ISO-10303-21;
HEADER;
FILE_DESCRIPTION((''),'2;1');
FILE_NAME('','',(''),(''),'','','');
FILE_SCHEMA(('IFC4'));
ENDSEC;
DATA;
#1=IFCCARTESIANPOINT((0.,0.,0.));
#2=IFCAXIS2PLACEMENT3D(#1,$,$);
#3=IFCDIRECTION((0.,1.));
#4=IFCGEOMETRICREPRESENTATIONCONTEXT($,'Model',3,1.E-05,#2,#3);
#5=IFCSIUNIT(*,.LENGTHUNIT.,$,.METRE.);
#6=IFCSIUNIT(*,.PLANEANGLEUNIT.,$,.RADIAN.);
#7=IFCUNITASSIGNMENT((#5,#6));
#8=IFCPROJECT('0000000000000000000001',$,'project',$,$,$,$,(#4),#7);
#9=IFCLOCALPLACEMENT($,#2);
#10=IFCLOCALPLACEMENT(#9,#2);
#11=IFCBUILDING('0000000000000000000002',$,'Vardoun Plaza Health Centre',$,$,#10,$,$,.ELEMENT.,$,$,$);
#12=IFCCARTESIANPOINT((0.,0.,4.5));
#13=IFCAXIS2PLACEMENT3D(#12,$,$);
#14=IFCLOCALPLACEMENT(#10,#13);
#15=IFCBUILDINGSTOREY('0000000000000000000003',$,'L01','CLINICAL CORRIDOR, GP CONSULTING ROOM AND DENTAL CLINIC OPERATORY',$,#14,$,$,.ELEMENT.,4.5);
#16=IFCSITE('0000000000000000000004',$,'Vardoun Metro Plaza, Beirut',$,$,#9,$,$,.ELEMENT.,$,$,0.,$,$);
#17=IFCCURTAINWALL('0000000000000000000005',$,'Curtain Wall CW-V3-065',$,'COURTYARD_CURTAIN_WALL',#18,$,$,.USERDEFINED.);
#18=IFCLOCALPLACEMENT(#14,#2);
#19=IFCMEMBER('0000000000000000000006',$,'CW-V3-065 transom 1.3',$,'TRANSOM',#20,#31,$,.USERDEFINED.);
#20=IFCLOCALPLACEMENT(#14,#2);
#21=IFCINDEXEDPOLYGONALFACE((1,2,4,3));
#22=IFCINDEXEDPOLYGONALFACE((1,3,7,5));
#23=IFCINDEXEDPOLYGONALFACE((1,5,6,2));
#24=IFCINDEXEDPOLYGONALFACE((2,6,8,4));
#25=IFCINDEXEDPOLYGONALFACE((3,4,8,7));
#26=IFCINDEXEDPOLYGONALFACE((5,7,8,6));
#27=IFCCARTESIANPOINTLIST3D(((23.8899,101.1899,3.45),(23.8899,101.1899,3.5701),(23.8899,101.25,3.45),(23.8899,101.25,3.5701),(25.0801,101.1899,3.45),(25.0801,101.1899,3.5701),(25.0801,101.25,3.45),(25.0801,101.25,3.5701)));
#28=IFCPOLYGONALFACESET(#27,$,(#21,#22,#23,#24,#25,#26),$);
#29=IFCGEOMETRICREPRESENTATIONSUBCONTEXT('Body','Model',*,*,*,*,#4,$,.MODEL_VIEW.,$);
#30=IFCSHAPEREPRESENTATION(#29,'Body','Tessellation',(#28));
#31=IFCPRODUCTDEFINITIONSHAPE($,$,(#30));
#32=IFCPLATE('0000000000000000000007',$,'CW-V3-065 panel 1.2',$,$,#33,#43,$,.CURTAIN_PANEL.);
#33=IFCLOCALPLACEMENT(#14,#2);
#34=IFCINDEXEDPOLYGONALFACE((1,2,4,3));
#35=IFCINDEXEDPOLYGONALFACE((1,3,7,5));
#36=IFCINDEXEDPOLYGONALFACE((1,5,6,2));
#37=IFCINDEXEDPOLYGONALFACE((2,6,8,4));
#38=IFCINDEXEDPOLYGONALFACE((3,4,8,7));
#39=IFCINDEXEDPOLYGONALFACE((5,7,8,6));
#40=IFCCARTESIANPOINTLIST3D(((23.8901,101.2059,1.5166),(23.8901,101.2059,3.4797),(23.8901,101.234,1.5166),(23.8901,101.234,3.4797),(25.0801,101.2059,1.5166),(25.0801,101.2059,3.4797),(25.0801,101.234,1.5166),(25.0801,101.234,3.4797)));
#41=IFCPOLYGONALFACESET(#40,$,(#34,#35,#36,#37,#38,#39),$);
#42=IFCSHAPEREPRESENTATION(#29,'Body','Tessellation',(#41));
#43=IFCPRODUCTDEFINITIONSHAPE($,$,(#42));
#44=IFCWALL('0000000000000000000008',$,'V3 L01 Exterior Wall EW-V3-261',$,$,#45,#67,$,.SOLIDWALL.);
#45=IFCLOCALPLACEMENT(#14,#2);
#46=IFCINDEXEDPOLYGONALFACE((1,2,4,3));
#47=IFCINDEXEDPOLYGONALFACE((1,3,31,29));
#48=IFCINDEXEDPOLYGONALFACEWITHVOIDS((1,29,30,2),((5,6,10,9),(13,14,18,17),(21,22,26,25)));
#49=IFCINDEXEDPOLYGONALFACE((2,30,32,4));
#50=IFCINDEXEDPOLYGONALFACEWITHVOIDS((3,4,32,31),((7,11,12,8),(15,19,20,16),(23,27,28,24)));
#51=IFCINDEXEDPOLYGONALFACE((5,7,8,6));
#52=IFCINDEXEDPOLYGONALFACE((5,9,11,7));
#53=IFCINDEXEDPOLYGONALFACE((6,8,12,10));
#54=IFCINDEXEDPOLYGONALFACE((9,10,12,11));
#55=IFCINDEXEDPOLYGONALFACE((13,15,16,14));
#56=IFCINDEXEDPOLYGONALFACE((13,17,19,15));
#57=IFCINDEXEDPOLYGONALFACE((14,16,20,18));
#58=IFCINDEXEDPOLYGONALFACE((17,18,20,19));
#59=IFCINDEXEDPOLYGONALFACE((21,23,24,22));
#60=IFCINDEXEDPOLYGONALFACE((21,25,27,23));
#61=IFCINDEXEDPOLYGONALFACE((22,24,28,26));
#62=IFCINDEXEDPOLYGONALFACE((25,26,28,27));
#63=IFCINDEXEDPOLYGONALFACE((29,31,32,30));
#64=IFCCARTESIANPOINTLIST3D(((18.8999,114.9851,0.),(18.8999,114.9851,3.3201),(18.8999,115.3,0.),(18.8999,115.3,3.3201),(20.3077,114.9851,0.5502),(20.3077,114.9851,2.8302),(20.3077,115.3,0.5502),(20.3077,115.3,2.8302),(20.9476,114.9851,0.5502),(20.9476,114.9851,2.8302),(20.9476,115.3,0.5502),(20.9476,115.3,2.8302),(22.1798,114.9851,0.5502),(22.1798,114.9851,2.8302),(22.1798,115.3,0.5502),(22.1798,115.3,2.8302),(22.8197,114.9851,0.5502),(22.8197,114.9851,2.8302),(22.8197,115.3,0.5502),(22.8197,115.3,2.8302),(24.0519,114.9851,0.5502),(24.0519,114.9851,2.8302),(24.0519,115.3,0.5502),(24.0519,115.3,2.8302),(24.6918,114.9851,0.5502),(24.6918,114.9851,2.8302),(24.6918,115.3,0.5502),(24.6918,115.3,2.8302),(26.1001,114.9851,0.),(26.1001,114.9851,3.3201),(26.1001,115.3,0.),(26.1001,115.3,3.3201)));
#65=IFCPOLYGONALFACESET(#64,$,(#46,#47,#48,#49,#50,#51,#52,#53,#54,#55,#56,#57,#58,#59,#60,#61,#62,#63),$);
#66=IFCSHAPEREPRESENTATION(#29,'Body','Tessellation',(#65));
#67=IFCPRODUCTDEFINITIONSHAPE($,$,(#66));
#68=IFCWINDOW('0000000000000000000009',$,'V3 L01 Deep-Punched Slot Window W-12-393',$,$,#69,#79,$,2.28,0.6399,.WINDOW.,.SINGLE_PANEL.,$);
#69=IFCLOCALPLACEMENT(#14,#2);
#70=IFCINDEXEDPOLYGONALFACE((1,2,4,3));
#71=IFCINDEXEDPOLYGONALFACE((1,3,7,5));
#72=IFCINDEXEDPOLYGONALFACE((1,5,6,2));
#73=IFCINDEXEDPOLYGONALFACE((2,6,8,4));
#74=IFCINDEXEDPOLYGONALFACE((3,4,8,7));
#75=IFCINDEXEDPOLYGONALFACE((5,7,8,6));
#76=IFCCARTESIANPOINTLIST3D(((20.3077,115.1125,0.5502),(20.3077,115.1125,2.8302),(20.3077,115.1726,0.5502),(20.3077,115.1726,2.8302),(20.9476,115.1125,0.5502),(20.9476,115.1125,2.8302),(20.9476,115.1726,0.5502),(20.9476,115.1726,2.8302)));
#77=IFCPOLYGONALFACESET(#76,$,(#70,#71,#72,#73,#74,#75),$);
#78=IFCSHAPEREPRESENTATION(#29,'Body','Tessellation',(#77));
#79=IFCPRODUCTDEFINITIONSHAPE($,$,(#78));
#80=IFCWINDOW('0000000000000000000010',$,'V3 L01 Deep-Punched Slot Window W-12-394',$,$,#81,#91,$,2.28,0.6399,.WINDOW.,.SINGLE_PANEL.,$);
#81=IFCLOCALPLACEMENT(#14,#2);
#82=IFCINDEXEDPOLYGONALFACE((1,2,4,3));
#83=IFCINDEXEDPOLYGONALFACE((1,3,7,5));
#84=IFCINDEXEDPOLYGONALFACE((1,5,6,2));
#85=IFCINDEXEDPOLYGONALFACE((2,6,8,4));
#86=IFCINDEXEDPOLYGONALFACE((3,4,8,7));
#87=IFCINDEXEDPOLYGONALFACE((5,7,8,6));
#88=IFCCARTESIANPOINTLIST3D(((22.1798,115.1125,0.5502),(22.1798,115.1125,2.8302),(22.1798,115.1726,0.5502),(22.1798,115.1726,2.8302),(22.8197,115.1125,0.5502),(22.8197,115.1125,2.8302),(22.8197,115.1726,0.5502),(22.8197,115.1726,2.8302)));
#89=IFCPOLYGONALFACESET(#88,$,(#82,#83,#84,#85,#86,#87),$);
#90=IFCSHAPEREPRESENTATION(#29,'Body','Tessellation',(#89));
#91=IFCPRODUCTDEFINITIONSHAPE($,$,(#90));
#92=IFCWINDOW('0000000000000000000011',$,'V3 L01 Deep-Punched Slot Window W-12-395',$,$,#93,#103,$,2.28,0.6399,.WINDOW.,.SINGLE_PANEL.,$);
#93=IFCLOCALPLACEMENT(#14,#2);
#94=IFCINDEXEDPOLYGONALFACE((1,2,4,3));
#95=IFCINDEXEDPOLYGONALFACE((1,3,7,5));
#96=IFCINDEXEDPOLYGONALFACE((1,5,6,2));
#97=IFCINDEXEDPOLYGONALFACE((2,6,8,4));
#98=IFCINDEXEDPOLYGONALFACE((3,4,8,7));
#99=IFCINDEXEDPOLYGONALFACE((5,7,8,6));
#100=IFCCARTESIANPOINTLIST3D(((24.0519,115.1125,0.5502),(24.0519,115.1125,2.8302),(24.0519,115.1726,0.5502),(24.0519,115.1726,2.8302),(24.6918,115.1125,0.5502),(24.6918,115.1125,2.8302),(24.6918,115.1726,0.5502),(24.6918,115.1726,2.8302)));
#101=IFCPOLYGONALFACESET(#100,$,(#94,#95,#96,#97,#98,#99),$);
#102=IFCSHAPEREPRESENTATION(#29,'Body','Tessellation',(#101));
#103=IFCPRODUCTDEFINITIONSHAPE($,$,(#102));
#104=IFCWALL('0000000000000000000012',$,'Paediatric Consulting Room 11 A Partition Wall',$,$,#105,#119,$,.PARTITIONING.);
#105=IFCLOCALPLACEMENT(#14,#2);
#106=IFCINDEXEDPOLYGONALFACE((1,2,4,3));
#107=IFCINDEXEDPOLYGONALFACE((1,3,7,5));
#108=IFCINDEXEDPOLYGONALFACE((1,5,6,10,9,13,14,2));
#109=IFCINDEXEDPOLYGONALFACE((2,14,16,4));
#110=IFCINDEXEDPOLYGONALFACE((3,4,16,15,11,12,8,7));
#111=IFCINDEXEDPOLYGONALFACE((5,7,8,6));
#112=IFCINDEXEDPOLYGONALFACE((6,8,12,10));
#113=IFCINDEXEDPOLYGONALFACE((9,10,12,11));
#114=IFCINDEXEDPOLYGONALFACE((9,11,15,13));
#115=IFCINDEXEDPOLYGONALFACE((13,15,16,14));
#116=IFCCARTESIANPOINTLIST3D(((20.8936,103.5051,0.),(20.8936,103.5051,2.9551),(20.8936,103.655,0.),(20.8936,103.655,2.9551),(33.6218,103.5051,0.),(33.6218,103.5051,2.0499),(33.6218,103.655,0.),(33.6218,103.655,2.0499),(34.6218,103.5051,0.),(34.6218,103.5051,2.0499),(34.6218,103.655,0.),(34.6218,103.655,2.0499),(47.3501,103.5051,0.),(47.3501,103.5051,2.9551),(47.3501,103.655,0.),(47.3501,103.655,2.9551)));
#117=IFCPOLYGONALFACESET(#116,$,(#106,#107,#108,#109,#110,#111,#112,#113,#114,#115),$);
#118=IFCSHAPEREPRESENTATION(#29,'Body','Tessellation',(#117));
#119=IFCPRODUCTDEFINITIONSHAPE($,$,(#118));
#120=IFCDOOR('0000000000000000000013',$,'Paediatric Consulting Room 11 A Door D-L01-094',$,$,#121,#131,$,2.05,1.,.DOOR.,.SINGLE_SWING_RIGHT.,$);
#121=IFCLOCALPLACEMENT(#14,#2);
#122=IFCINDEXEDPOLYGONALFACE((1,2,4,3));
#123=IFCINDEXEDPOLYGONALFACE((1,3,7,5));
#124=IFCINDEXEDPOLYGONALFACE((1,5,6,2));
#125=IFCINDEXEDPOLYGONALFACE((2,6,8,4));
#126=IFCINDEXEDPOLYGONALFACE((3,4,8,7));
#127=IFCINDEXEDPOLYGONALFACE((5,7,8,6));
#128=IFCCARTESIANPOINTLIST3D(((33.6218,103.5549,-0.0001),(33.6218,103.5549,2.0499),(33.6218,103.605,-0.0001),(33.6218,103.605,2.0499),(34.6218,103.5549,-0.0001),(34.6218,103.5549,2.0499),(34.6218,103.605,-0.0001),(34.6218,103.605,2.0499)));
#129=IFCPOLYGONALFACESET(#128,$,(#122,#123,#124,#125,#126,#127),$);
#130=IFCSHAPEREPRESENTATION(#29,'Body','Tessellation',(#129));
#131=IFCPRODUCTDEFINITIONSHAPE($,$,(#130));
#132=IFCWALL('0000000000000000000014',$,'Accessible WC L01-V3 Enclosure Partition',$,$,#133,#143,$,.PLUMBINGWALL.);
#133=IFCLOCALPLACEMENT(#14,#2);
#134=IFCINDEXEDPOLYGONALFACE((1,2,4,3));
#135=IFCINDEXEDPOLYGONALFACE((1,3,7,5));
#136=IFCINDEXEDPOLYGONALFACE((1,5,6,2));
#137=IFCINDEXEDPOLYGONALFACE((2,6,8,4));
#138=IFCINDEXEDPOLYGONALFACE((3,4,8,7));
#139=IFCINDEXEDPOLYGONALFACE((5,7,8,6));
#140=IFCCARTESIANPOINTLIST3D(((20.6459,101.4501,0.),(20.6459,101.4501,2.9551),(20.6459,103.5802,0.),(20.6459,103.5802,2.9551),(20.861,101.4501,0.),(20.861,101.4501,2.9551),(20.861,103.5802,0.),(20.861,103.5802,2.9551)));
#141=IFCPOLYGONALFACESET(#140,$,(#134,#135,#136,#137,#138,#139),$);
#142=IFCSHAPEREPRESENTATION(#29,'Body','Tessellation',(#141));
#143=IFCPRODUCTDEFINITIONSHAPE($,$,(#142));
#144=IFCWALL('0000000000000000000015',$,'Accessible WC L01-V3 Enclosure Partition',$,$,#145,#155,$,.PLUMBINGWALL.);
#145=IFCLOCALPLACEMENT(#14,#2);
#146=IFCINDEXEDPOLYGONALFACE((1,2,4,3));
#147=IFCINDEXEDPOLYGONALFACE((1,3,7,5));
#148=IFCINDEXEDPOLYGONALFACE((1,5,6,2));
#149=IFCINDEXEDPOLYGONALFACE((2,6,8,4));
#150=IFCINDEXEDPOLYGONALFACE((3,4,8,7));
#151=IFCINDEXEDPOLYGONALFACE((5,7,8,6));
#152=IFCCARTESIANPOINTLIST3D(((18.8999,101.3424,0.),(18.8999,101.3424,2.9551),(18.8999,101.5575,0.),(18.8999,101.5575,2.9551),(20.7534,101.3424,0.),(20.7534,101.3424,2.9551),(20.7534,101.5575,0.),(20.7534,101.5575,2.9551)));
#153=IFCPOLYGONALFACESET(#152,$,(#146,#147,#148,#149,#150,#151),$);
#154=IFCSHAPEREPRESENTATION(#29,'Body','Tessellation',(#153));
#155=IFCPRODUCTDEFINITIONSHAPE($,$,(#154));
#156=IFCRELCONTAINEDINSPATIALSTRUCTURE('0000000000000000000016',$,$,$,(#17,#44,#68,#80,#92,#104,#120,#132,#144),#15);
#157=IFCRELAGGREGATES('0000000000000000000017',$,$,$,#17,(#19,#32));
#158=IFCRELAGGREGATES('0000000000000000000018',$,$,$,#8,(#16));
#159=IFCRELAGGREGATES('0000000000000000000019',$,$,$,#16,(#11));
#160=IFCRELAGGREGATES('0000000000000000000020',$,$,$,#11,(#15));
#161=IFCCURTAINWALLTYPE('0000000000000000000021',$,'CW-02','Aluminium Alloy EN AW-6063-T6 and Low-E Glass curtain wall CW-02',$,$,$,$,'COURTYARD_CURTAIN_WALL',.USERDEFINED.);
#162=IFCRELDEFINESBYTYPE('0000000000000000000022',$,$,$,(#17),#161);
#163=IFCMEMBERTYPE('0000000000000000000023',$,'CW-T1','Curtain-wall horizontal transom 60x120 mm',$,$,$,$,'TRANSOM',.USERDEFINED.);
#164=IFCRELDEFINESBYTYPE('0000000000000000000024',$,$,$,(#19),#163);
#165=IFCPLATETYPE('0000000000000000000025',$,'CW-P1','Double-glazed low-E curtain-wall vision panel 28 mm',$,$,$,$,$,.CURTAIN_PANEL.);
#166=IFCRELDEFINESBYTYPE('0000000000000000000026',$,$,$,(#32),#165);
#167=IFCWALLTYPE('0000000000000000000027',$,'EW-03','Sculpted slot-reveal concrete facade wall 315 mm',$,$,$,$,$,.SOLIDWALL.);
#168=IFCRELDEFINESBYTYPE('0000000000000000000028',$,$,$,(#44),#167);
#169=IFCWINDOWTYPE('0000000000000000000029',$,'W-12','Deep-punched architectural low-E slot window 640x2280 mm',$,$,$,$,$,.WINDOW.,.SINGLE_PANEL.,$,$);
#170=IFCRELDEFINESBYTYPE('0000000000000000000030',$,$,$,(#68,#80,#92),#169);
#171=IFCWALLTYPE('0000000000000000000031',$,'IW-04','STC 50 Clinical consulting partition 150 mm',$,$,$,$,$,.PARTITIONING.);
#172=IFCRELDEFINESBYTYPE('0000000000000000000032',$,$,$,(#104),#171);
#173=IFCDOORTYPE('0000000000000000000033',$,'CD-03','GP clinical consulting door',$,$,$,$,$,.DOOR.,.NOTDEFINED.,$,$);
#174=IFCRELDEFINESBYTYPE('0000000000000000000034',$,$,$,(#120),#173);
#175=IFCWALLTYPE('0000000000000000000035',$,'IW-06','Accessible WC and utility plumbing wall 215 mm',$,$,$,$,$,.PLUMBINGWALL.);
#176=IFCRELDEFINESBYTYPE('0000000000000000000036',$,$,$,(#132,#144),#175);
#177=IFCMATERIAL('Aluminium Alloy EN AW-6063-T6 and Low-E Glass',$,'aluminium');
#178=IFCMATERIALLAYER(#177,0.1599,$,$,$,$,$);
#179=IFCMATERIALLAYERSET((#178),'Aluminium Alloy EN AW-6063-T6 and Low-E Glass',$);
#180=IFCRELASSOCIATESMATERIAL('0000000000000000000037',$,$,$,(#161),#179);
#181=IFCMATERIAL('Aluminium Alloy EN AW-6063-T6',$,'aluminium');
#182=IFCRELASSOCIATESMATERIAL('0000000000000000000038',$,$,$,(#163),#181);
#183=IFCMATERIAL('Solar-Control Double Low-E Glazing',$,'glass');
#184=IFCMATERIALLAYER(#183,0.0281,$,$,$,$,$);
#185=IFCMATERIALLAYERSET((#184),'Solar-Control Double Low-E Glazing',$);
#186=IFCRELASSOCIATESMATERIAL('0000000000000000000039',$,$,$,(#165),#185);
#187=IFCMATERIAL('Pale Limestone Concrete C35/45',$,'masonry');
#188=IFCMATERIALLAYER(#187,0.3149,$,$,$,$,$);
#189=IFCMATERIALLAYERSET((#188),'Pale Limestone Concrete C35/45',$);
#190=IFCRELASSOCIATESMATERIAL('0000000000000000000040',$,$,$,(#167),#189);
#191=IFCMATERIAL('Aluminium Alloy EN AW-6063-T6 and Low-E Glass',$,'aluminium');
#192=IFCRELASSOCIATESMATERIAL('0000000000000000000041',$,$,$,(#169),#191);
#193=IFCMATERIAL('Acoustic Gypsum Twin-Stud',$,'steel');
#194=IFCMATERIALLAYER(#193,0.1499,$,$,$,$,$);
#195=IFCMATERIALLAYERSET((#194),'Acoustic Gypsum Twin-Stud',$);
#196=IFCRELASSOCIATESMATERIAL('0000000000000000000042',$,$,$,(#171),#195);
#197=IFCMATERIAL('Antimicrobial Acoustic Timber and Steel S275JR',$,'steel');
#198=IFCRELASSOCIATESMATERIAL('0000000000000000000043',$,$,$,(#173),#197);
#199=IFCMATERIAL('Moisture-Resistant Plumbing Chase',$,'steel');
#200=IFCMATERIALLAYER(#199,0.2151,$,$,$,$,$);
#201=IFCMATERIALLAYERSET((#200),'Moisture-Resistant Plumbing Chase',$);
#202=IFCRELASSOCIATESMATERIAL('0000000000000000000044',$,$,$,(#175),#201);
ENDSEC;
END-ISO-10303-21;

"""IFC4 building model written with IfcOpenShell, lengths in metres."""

from ifc_helpers import new_model, si_unit, direction, frame, frame_2d, origin, origin_2d, place, context, subcontext, project, spatial, rectangle, extrude, material, layer, layer_set, material_profile, profile_set, type_object, element, fill, aggregate, save


model = new_model("IFC4")

# Units and contexts
model_context = context("Model", 3, precision=1e-05, world=origin(), true_north=direction((0.0, 1.0)))
body_context = subcontext(model_context, "Body", "Model", "MODEL_VIEW")
ifc_project = project(units=[si_unit("LENGTHUNIT", "METRE"), si_unit("PLANEANGLEUNIT", "RADIAN")], contexts=[model_context])

# Site, building, storey
site_placement = place(None, origin())
site = spatial("IfcSite", under=ifc_project, at=site_placement, Name="Vardoun Metro Plaza, Beirut", CompositionType="ELEMENT", RefElevation=0.0)
building_placement = place(site_placement, origin())
building = spatial("IfcBuilding", under=site, at=building_placement, Name="Vardoun Plaza Health Centre", CompositionType="ELEMENT")
storey_placement = place(building_placement, frame((0.0, 0.0, 4.5)))
storey = spatial("IfcBuildingStorey", under=building, at=storey_placement, Name="L01", Description="CLINICAL CORRIDOR, GP CONSULTING ROOM AND DENTAL CLINIC OPERATORY", CompositionType="ELEMENT", Elevation=4.5)

# Curtain wall, member, plate
ifc_material_1 = material(Name="Aluminium Alloy EN AW-6063-T6 and Low-E Glass", Category="aluminium")
ifc_layer_1 = layer(ifc_material_1, 0.1599)
ifc_layer_set_1 = layer_set([ifc_layer_1], Name="Aluminium Alloy EN AW-6063-T6 and Low-E Glass")
curtain_wall_type = type_object("IfcCurtainWallType", Name="CW-02", Description="Aluminium Alloy EN AW-6063-T6 and Low-E Glass curtain wall CW-02", ElementType="COURTYARD_CURTAIN_WALL", PredefinedType="USERDEFINED", material=ifc_layer_set_1)
curtain_wall_placement = place(storey_placement, origin())
curtain_wall = element("IfcCurtainWall", 1, at=curtain_wall_placement, inside=storey, type_object=curtain_wall_type, Name="Curtain Wall CW-V3-065", ObjectType="COURTYARD_CURTAIN_WALL", PredefinedType="USERDEFINED")
ifc_material_2 = material(Name="Aluminium Alloy EN AW-6063-T6", Category="aluminium")
ifc_material_profile_1 = material_profile(ifc_material_2, rectangle(XDim=0.0601, YDim=0.1201, at=origin_2d()), Name="CWT 60x120")
ifc_profile_set_1 = profile_set([ifc_material_profile_1], Name="Aluminium Alloy EN AW-6063-T6")
member_type_1 = type_object("IfcMemberType", Name="CW-T1", Description="Curtain-wall horizontal transom 60x120 mm", ElementType="TRANSOM", PredefinedType="USERDEFINED", material=ifc_profile_set_1)
member_1_placement = place(storey_placement, frame((25.0801, 101.22, 3.51), z_axis=(-1.0, 0.0, 0.0), x_axis=(0.0, -1.0, 0.0)))
member_1 = element("IfcMember", 2, at=member_1_placement, type_object=member_type_1, Name="CW-V3-065 transom 1.3", ObjectType="TRANSOM", PredefinedType="USERDEFINED", context=body_context, shape_type="SweptSolid", body=[
    extrude(rectangle(XDim=0.0601, YDim=0.1201, at=origin_2d()), origin(), (0.0, 0.0, 1.0), 1.1902),
])
ifc_material_3 = material(Name="Solar-Control Double Low-E Glazing", Category="glass")
ifc_layer_2 = layer(ifc_material_3, 0.0281)
ifc_layer_set_2 = layer_set([ifc_layer_2], Name="Solar-Control Double Low-E Glazing")
plate_type = type_object("IfcPlateType", Name="CW-P1", Description="Double-glazed low-E curtain-wall vision panel 28 mm", PredefinedType="CURTAIN_PANEL", material=ifc_layer_set_2)
plate_placement = place(storey_placement, frame((24.4851, 101.22, 1.5166), z_axis=(0.0, 0.0, 1.0), x_axis=(-1.0, 0.0, 0.0)))
plate = element("IfcPlate", 3, at=plate_placement, type_object=plate_type, Name="CW-V3-065 panel 1.2", PredefinedType="CURTAIN_PANEL", context=body_context, shape_type="SweptSolid", body=[
    extrude(rectangle(XDim=1.1899, YDim=0.0281, at=origin_2d()), origin(), (0.0, 0.0, 1.0), 1.9631),
])
aggregate(curtain_wall, [member_1, plate])

# Wall, openings, windows
ifc_material_4 = material(Name="Pale Limestone Concrete C35/45", Category="masonry")
ifc_layer_3 = layer(ifc_material_4, 0.3149)
ifc_layer_set_3 = layer_set([ifc_layer_3], Name="Pale Limestone Concrete C35/45")
wall_type_1 = type_object("IfcWallType", Name="EW-03", Description="Sculpted slot-reveal concrete facade wall 315 mm", PredefinedType="SOLIDWALL", material=ifc_layer_set_3)
wall_1_placement = place(storey_placement, frame((18.8999, 115.1426, 0.0), z_axis=(0.0, 0.0, 1.0), x_axis=(1.0, 0.0, 0.0)))
wall_1 = element("IfcWall", 4, at=wall_1_placement, inside=storey, type_object=wall_type_1, Name="V3 L01 Exterior Wall EW-V3-261", PredefinedType="SOLIDWALL", context=body_context, shape_type="SweptSolid", body=[
    extrude(rectangle(XDim=7.2002, YDim=0.3149, at=frame_2d((3.6001, 0.0))), origin(), (0.0, 0.0, 1.0), 3.3201),
])
opening_1_placement = place(wall_1_placement, frame((1.408, 0.0, 0.55)))
opening_1 = element("IfcOpeningElement", 5, at=opening_1_placement, cuts=wall_1, PredefinedType="OPENING", context=body_context, shape_type="SweptSolid", body=[
    extrude(rectangle(XDim=0.6399, YDim=2.28, at=frame_2d((0.3198, 1.1401))), frame((0.0, 0.1575, 0.0), z_axis=(0.0, -1.0, 0.0), x_axis=(1.0, 0.0, 0.0)), (0.0, 0.0, 1.0), 0.3149),
])
opening_2_placement = place(wall_1_placement, frame((3.28, 0.0, 0.55)))
opening_2 = element("IfcOpeningElement", 6, at=opening_2_placement, cuts=wall_1, PredefinedType="OPENING", context=body_context, shape_type="SweptSolid", body=[
    extrude(rectangle(XDim=0.6399, YDim=2.28, at=frame_2d((0.3198, 1.1401))), frame((0.0, 0.1575, 0.0), z_axis=(0.0, -1.0, 0.0), x_axis=(1.0, 0.0, 0.0)), (0.0, 0.0, 1.0), 0.3149),
])
opening_3_placement = place(wall_1_placement, frame((5.1521, 0.0, 0.55)))
opening_3 = element("IfcOpeningElement", 7, at=opening_3_placement, cuts=wall_1, PredefinedType="OPENING", context=body_context, shape_type="SweptSolid", body=[
    extrude(rectangle(XDim=0.6399, YDim=2.28, at=frame_2d((0.3198, 1.1401))), frame((0.0, 0.1575, 0.0), z_axis=(0.0, -1.0, 0.0), x_axis=(1.0, 0.0, 0.0)), (0.0, 0.0, 1.0), 0.3149),
])
ifc_material_5 = material(Name="Aluminium Alloy EN AW-6063-T6 and Low-E Glass", Category="aluminium")
window_type = type_object("IfcWindowType", Name="W-12", Description="Deep-punched architectural low-E slot window 640x2280 mm", PartitioningType="SINGLE_PANEL", PredefinedType="WINDOW", material=ifc_material_5)
window_1_placement = place(opening_1_placement, origin())
window_1 = element("IfcWindow", 8, at=window_1_placement, inside=storey, type_object=window_type, Name="V3 L01 Deep-Punched Slot Window W-12-393", OverallHeight=2.28, OverallWidth=0.6399, PartitioningType="SINGLE_PANEL", PredefinedType="WINDOW", context=body_context, shape_type="SweptSolid", body=[
    extrude(rectangle(XDim=0.6399, YDim=2.28, at=frame_2d((0.3198, 1.1401))), frame((0.0, 0.03, 0.0), z_axis=(0.0, -1.0, 0.0), x_axis=(1.0, 0.0, 0.0)), (0.0, 0.0, 1.0), 0.0601),
])
fill(opening_1, window_1)
window_2_placement = place(opening_2_placement, origin())
window_2 = element("IfcWindow", 9, at=window_2_placement, inside=storey, type_object=window_type, Name="V3 L01 Deep-Punched Slot Window W-12-394", OverallHeight=2.28, OverallWidth=0.6399, PartitioningType="SINGLE_PANEL", PredefinedType="WINDOW", context=body_context, shape_type="SweptSolid", body=[
    extrude(rectangle(XDim=0.6399, YDim=2.28, at=frame_2d((0.3198, 1.1401))), frame((0.0, 0.03, 0.0), z_axis=(0.0, -1.0, 0.0), x_axis=(1.0, 0.0, 0.0)), (0.0, 0.0, 1.0), 0.0601),
])
fill(opening_2, window_2)
window_3_placement = place(opening_3_placement, origin())
window_3 = element("IfcWindow", 10, at=window_3_placement, inside=storey, type_object=window_type, Name="V3 L01 Deep-Punched Slot Window W-12-395", OverallHeight=2.28, OverallWidth=0.6399, PartitioningType="SINGLE_PANEL", PredefinedType="WINDOW", context=body_context, shape_type="SweptSolid", body=[
    extrude(rectangle(XDim=0.6399, YDim=2.28, at=frame_2d((0.3198, 1.1401))), frame((0.0, 0.03, 0.0), z_axis=(0.0, -1.0, 0.0), x_axis=(1.0, 0.0, 0.0)), (0.0, 0.0, 1.0), 0.0601),
])
fill(opening_3, window_3)

# Wall, opening, door
ifc_material_6 = material(Name="Acoustic Gypsum Twin-Stud", Category="steel")
ifc_layer_4 = layer(ifc_material_6, 0.1499)
ifc_layer_set_4 = layer_set([ifc_layer_4], Name="Acoustic Gypsum Twin-Stud")
wall_type_2 = type_object("IfcWallType", Name="IW-04", Description="STC 50 Clinical consulting partition 150 mm", PredefinedType="PARTITIONING", material=ifc_layer_set_4)
wall_2_placement = place(storey_placement, frame((20.8936, 103.5801, 0.0), z_axis=(0.0, 0.0, 1.0), x_axis=(1.0, 0.0, 0.0)))
wall_2 = element("IfcWall", 11, at=wall_2_placement, inside=storey, type_object=wall_type_2, Name="Paediatric Consulting Room 11 A Partition Wall", PredefinedType="PARTITIONING", context=body_context, shape_type="SweptSolid", body=[
    extrude(rectangle(XDim=26.4565, YDim=0.1499, at=frame_2d((13.2283, 0.0))), origin(), (0.0, 0.0, 1.0), 2.9551),
])
opening_4_placement = place(wall_2_placement, frame((12.7283, 0.0, 0.0)))
opening_4 = element("IfcOpeningElement", 12, at=opening_4_placement, cuts=wall_2, PredefinedType="OPENING", context=body_context, shape_type="SweptSolid", body=[
    extrude(rectangle(XDim=1.0, YDim=2.05, at=frame_2d((0.5, 1.0249))), frame((0.0, 0.075, 0.0), z_axis=(0.0, -1.0, 0.0), x_axis=(1.0, 0.0, 0.0)), (0.0, 0.0, 1.0), 0.1499),
])
ifc_material_7 = material(Name="Antimicrobial Acoustic Timber and Steel S275JR", Category="steel")
door_type = type_object("IfcDoorType", Name="CD-03", Description="GP clinical consulting door", OperationType="NOTDEFINED", PredefinedType="DOOR", material=ifc_material_7)
door_placement = place(opening_4_placement, origin())
door = element("IfcDoor", 13, at=door_placement, inside=storey, type_object=door_type, Name="Paediatric Consulting Room 11 A Door D-L01-094", OperationType="SINGLE_SWING_RIGHT", OverallHeight=2.05, OverallWidth=1.0, PredefinedType="DOOR", context=body_context, shape_type="SweptSolid", body=[
    extrude(rectangle(XDim=1.0, YDim=2.05, at=frame_2d((0.5, 1.0249))), frame((0.0, 0.0249, 0.0), z_axis=(0.0, -1.0, 0.0), x_axis=(1.0, 0.0, 0.0)), (0.0, 0.0, 1.0), 0.05),
])
fill(opening_4, door)

# Walls
ifc_material_8 = material(Name="Moisture-Resistant Plumbing Chase", Category="steel")
ifc_layer_5 = layer(ifc_material_8, 0.2151)
ifc_layer_set_5 = layer_set([ifc_layer_5], Name="Moisture-Resistant Plumbing Chase")
wall_type_3 = type_object("IfcWallType", Name="IW-06", Description="Accessible WC and utility plumbing wall 215 mm", PredefinedType="PLUMBINGWALL", material=ifc_layer_set_5)
wall_3_placement = place(storey_placement, frame((20.7534, 103.5801, 0.0), z_axis=(0.0, 0.0, 1.0), x_axis=(0.0, -1.0, 0.0)))
element("IfcWall", 14, at=wall_3_placement, inside=storey, type_object=wall_type_3, Name="Accessible WC L01-V3 Enclosure Partition", PredefinedType="PLUMBINGWALL", context=body_context, shape_type="SweptSolid", body=[
    extrude(rectangle(XDim=2.1301, YDim=0.2151, at=frame_2d((1.0649, 0.0))), origin(), (0.0, 0.0, 1.0), 2.9551),
])
wall_4_placement = place(storey_placement, frame((20.7534, 101.45, 0.0), z_axis=(0.0, 0.0, 1.0), x_axis=(-1.0, 0.0, 0.0)))
element("IfcWall", 15, at=wall_4_placement, inside=storey, type_object=wall_type_3, Name="Accessible WC L01-V3 Enclosure Partition", PredefinedType="PLUMBINGWALL", context=body_context, shape_type="SweptSolid", body=[
    extrude(rectangle(XDim=1.8535, YDim=0.2151, at=frame_2d((0.9268, 0.0))), origin(), (0.0, 0.0, 1.0), 2.9551),
])

save(model, "model.ifc")
